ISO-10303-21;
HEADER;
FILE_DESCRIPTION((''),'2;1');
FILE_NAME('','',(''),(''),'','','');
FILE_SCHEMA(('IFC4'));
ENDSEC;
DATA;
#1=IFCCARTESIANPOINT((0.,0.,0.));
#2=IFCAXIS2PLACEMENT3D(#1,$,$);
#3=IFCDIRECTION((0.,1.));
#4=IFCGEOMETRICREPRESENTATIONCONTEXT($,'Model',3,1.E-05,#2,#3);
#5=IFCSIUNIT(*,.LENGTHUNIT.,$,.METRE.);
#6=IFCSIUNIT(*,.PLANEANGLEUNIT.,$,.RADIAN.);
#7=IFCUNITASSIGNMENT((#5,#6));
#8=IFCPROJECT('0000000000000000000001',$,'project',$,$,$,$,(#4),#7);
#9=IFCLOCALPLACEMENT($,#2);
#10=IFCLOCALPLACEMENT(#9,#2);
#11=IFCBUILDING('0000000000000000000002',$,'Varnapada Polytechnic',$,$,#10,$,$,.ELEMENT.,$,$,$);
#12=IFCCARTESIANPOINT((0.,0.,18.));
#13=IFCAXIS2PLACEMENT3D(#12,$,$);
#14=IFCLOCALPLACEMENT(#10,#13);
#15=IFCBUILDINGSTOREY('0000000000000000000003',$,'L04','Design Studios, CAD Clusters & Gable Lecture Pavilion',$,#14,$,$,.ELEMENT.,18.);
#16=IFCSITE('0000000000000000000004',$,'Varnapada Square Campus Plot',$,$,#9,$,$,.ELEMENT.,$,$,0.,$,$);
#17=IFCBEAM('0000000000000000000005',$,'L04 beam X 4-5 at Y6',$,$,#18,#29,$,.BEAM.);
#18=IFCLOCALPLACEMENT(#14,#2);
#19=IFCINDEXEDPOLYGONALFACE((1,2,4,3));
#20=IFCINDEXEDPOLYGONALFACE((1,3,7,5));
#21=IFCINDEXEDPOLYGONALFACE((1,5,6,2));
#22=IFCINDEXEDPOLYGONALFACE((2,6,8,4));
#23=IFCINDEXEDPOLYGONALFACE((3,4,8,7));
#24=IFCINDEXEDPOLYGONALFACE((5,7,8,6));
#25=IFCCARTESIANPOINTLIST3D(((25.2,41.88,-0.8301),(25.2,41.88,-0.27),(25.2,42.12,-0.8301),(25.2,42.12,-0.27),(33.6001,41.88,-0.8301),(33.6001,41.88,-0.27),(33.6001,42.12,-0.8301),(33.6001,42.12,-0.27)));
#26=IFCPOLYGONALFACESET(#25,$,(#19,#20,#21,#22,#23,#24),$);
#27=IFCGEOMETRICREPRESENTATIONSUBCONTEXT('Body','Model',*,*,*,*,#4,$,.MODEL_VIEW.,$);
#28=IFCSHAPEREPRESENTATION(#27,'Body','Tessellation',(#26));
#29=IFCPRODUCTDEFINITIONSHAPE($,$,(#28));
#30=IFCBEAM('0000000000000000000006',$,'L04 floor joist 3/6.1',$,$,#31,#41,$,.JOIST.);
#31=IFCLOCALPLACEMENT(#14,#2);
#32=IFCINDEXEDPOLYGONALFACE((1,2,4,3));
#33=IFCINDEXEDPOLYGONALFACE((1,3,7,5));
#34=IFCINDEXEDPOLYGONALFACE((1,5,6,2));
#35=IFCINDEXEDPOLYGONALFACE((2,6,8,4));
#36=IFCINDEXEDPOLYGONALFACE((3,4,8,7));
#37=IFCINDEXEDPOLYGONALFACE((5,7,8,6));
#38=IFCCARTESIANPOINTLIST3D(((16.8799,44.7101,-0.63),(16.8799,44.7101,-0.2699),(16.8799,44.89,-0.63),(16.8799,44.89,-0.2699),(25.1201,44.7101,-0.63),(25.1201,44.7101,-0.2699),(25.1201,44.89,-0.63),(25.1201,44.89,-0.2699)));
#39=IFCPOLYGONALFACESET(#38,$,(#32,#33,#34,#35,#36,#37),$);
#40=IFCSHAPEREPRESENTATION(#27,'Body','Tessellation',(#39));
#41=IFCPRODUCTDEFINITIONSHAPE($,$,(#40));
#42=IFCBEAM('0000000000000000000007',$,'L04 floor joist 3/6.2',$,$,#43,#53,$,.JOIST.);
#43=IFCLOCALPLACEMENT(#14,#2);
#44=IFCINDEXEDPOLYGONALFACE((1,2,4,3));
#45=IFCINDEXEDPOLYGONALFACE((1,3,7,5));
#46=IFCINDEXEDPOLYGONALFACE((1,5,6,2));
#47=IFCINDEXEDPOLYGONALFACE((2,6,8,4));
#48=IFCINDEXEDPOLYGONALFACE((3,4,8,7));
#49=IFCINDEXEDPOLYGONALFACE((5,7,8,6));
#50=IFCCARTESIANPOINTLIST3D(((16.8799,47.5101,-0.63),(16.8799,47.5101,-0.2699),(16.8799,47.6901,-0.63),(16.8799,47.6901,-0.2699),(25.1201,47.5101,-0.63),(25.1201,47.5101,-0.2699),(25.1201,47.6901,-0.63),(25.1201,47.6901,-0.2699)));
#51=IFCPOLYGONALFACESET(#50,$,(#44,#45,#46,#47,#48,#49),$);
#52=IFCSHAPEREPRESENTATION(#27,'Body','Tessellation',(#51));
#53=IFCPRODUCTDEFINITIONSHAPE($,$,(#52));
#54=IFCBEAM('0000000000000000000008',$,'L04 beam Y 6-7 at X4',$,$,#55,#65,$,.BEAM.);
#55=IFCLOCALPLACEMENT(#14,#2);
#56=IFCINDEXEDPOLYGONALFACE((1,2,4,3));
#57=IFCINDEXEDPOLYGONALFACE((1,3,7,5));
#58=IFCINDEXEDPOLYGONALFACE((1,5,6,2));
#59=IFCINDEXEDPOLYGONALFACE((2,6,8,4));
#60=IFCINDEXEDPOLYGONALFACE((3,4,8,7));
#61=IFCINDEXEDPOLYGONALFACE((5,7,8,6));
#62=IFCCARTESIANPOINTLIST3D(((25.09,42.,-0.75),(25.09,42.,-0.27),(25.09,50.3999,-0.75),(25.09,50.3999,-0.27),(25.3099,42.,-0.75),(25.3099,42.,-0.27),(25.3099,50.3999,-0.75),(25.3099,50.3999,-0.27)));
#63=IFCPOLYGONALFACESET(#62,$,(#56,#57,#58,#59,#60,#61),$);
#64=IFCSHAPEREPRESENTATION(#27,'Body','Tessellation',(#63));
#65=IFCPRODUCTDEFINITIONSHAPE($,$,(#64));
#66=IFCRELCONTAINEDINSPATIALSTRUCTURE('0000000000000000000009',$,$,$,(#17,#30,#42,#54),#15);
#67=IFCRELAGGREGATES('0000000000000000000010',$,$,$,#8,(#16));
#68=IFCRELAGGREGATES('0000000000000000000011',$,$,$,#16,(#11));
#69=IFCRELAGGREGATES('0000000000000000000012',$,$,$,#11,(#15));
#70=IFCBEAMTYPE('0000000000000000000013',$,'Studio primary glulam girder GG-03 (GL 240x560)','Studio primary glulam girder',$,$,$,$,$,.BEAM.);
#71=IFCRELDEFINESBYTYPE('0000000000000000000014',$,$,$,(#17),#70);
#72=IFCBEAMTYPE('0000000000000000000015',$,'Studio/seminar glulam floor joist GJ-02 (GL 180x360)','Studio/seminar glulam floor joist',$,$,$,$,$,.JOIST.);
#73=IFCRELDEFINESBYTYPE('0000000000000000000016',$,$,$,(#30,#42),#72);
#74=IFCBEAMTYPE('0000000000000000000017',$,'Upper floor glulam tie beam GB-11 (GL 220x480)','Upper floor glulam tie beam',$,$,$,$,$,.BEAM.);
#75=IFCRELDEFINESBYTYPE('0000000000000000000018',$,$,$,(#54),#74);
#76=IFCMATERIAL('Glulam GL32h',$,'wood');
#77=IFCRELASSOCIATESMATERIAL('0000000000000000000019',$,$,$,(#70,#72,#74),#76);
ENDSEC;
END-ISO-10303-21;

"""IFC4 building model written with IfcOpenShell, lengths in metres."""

from ifc_helpers import new_model, si_unit, direction, frame, origin, origin_2d, place, context, subcontext, project, spatial, rectangle, extrude, material, material_profile, profile_set, type_object, element, save


model = new_model("IFC4")

# Units and contexts
model_context = context("Model", 3, precision=1e-05, world=origin(), true_north=direction((0.0, 1.0)))
body_context = subcontext(model_context, "Body", "Model", "MODEL_VIEW")
ifc_project = project(units=[si_unit("LENGTHUNIT", "METRE"), si_unit("PLANEANGLEUNIT", "RADIAN")], contexts=[model_context])

# Site, building, storey
site_placement = place(None, origin())
site = spatial("IfcSite", under=ifc_project, at=site_placement, Name="Varnapada Square Campus Plot", CompositionType="ELEMENT", RefElevation=0.0)
building_placement = place(site_placement, origin())
building = spatial("IfcBuilding", under=site, at=building_placement, Name="Varnapada Polytechnic", CompositionType="ELEMENT")
storey_placement = place(building_placement, frame((0.0, 0.0, 18.0)))
storey = spatial("IfcBuildingStorey", under=building, at=storey_placement, Name="L04", Description="Design Studios, CAD Clusters & Gable Lecture Pavilion", CompositionType="ELEMENT", Elevation=18.0)

# Beams
ifc_material_1 = material(Name="Glulam GL32h", Category="wood")
ifc_material_profile_1 = material_profile(ifc_material_1, rectangle(XDim=0.24, YDim=0.5601, at=origin_2d()), Name="GL 240x560")
ifc_profile_set_1 = profile_set([ifc_material_profile_1], Name="Glulam GL32h")
beam_type_1 = type_object("IfcBeamType", Name="Studio primary glulam girder GG-03 (GL 240x560)", Description="Studio primary glulam girder", PredefinedType="BEAM", material=ifc_profile_set_1)
beam_1_placement = place(storey_placement, frame((25.2, 42.0, -0.55), z_axis=(1.0, 0.0, 0.0), x_axis=(0.0, 1.0, 0.0)))
element("IfcBeam", 1, at=beam_1_placement, inside=storey, type_object=beam_type_1, Name="L04 beam X 4-5 at Y6", PredefinedType="BEAM", context=body_context, shape_type="SweptSolid", body=[
    extrude(rectangle(XDim=0.24, YDim=0.5601, at=origin_2d()), origin(), (0.0, 0.0, 1.0), 8.4001),
])
ifc_material_profile_2 = material_profile(ifc_material_1, rectangle(XDim=0.1799, YDim=0.3601, at=origin_2d()), Name="GL 180x360")
ifc_profile_set_2 = profile_set([ifc_material_profile_2], Name="Glulam GL32h")
beam_type_2 = type_object("IfcBeamType", Name="Studio/seminar glulam floor joist GJ-02 (GL 180x360)", Description="Studio/seminar glulam floor joist", PredefinedType="JOIST", material=ifc_profile_set_2)
for number, where, z_axis, x_axis, name in (
    (2, (16.8799, 44.8, -0.45), (1.0, 0.0, 0.0), (0.0, 1.0, 0.0), "L04 floor joist 3/6.1"),
    (3, (16.8799, 47.6001, -0.45), (1.0, 0.0, 0.0), (0.0, 1.0, 0.0), "L04 floor joist 3/6.2"),
):
    element("IfcBeam", number, at=place(storey_placement, frame(where, z_axis=z_axis, x_axis=x_axis)), inside=storey, type_object=beam_type_2, Name=name, PredefinedType="JOIST", context=body_context, shape_type="SweptSolid", body=[
        extrude(rectangle(XDim=0.1799, YDim=0.3601, at=origin_2d()), origin(), (0.0, 0.0, 1.0), 8.2402),
    ])
ifc_material_profile_3 = material_profile(ifc_material_1, rectangle(XDim=0.22, YDim=0.48, at=origin_2d()), Name="GL 220x480")
ifc_profile_set_3 = profile_set([ifc_material_profile_3], Name="Glulam GL32h")
beam_type_3 = type_object("IfcBeamType", Name="Upper floor glulam tie beam GB-11 (GL 220x480)", Description="Upper floor glulam tie beam", PredefinedType="BEAM", material=ifc_profile_set_3)
beam_2_placement = place(storey_placement, frame((25.2, 42.0, -0.51), z_axis=(0.0, 1.0, 0.0), x_axis=(-1.0, 0.0, 0.0)))
element("IfcBeam", 4, at=beam_2_placement, inside=storey, type_object=beam_type_3, Name="L04 beam Y 6-7 at X4", PredefinedType="BEAM", context=body_context, shape_type="SweptSolid", body=[
    extrude(rectangle(XDim=0.22, YDim=0.48, at=origin_2d()), origin(), (0.0, 0.0, 1.0), 8.3999),
])

save(model, "model.ifc")
